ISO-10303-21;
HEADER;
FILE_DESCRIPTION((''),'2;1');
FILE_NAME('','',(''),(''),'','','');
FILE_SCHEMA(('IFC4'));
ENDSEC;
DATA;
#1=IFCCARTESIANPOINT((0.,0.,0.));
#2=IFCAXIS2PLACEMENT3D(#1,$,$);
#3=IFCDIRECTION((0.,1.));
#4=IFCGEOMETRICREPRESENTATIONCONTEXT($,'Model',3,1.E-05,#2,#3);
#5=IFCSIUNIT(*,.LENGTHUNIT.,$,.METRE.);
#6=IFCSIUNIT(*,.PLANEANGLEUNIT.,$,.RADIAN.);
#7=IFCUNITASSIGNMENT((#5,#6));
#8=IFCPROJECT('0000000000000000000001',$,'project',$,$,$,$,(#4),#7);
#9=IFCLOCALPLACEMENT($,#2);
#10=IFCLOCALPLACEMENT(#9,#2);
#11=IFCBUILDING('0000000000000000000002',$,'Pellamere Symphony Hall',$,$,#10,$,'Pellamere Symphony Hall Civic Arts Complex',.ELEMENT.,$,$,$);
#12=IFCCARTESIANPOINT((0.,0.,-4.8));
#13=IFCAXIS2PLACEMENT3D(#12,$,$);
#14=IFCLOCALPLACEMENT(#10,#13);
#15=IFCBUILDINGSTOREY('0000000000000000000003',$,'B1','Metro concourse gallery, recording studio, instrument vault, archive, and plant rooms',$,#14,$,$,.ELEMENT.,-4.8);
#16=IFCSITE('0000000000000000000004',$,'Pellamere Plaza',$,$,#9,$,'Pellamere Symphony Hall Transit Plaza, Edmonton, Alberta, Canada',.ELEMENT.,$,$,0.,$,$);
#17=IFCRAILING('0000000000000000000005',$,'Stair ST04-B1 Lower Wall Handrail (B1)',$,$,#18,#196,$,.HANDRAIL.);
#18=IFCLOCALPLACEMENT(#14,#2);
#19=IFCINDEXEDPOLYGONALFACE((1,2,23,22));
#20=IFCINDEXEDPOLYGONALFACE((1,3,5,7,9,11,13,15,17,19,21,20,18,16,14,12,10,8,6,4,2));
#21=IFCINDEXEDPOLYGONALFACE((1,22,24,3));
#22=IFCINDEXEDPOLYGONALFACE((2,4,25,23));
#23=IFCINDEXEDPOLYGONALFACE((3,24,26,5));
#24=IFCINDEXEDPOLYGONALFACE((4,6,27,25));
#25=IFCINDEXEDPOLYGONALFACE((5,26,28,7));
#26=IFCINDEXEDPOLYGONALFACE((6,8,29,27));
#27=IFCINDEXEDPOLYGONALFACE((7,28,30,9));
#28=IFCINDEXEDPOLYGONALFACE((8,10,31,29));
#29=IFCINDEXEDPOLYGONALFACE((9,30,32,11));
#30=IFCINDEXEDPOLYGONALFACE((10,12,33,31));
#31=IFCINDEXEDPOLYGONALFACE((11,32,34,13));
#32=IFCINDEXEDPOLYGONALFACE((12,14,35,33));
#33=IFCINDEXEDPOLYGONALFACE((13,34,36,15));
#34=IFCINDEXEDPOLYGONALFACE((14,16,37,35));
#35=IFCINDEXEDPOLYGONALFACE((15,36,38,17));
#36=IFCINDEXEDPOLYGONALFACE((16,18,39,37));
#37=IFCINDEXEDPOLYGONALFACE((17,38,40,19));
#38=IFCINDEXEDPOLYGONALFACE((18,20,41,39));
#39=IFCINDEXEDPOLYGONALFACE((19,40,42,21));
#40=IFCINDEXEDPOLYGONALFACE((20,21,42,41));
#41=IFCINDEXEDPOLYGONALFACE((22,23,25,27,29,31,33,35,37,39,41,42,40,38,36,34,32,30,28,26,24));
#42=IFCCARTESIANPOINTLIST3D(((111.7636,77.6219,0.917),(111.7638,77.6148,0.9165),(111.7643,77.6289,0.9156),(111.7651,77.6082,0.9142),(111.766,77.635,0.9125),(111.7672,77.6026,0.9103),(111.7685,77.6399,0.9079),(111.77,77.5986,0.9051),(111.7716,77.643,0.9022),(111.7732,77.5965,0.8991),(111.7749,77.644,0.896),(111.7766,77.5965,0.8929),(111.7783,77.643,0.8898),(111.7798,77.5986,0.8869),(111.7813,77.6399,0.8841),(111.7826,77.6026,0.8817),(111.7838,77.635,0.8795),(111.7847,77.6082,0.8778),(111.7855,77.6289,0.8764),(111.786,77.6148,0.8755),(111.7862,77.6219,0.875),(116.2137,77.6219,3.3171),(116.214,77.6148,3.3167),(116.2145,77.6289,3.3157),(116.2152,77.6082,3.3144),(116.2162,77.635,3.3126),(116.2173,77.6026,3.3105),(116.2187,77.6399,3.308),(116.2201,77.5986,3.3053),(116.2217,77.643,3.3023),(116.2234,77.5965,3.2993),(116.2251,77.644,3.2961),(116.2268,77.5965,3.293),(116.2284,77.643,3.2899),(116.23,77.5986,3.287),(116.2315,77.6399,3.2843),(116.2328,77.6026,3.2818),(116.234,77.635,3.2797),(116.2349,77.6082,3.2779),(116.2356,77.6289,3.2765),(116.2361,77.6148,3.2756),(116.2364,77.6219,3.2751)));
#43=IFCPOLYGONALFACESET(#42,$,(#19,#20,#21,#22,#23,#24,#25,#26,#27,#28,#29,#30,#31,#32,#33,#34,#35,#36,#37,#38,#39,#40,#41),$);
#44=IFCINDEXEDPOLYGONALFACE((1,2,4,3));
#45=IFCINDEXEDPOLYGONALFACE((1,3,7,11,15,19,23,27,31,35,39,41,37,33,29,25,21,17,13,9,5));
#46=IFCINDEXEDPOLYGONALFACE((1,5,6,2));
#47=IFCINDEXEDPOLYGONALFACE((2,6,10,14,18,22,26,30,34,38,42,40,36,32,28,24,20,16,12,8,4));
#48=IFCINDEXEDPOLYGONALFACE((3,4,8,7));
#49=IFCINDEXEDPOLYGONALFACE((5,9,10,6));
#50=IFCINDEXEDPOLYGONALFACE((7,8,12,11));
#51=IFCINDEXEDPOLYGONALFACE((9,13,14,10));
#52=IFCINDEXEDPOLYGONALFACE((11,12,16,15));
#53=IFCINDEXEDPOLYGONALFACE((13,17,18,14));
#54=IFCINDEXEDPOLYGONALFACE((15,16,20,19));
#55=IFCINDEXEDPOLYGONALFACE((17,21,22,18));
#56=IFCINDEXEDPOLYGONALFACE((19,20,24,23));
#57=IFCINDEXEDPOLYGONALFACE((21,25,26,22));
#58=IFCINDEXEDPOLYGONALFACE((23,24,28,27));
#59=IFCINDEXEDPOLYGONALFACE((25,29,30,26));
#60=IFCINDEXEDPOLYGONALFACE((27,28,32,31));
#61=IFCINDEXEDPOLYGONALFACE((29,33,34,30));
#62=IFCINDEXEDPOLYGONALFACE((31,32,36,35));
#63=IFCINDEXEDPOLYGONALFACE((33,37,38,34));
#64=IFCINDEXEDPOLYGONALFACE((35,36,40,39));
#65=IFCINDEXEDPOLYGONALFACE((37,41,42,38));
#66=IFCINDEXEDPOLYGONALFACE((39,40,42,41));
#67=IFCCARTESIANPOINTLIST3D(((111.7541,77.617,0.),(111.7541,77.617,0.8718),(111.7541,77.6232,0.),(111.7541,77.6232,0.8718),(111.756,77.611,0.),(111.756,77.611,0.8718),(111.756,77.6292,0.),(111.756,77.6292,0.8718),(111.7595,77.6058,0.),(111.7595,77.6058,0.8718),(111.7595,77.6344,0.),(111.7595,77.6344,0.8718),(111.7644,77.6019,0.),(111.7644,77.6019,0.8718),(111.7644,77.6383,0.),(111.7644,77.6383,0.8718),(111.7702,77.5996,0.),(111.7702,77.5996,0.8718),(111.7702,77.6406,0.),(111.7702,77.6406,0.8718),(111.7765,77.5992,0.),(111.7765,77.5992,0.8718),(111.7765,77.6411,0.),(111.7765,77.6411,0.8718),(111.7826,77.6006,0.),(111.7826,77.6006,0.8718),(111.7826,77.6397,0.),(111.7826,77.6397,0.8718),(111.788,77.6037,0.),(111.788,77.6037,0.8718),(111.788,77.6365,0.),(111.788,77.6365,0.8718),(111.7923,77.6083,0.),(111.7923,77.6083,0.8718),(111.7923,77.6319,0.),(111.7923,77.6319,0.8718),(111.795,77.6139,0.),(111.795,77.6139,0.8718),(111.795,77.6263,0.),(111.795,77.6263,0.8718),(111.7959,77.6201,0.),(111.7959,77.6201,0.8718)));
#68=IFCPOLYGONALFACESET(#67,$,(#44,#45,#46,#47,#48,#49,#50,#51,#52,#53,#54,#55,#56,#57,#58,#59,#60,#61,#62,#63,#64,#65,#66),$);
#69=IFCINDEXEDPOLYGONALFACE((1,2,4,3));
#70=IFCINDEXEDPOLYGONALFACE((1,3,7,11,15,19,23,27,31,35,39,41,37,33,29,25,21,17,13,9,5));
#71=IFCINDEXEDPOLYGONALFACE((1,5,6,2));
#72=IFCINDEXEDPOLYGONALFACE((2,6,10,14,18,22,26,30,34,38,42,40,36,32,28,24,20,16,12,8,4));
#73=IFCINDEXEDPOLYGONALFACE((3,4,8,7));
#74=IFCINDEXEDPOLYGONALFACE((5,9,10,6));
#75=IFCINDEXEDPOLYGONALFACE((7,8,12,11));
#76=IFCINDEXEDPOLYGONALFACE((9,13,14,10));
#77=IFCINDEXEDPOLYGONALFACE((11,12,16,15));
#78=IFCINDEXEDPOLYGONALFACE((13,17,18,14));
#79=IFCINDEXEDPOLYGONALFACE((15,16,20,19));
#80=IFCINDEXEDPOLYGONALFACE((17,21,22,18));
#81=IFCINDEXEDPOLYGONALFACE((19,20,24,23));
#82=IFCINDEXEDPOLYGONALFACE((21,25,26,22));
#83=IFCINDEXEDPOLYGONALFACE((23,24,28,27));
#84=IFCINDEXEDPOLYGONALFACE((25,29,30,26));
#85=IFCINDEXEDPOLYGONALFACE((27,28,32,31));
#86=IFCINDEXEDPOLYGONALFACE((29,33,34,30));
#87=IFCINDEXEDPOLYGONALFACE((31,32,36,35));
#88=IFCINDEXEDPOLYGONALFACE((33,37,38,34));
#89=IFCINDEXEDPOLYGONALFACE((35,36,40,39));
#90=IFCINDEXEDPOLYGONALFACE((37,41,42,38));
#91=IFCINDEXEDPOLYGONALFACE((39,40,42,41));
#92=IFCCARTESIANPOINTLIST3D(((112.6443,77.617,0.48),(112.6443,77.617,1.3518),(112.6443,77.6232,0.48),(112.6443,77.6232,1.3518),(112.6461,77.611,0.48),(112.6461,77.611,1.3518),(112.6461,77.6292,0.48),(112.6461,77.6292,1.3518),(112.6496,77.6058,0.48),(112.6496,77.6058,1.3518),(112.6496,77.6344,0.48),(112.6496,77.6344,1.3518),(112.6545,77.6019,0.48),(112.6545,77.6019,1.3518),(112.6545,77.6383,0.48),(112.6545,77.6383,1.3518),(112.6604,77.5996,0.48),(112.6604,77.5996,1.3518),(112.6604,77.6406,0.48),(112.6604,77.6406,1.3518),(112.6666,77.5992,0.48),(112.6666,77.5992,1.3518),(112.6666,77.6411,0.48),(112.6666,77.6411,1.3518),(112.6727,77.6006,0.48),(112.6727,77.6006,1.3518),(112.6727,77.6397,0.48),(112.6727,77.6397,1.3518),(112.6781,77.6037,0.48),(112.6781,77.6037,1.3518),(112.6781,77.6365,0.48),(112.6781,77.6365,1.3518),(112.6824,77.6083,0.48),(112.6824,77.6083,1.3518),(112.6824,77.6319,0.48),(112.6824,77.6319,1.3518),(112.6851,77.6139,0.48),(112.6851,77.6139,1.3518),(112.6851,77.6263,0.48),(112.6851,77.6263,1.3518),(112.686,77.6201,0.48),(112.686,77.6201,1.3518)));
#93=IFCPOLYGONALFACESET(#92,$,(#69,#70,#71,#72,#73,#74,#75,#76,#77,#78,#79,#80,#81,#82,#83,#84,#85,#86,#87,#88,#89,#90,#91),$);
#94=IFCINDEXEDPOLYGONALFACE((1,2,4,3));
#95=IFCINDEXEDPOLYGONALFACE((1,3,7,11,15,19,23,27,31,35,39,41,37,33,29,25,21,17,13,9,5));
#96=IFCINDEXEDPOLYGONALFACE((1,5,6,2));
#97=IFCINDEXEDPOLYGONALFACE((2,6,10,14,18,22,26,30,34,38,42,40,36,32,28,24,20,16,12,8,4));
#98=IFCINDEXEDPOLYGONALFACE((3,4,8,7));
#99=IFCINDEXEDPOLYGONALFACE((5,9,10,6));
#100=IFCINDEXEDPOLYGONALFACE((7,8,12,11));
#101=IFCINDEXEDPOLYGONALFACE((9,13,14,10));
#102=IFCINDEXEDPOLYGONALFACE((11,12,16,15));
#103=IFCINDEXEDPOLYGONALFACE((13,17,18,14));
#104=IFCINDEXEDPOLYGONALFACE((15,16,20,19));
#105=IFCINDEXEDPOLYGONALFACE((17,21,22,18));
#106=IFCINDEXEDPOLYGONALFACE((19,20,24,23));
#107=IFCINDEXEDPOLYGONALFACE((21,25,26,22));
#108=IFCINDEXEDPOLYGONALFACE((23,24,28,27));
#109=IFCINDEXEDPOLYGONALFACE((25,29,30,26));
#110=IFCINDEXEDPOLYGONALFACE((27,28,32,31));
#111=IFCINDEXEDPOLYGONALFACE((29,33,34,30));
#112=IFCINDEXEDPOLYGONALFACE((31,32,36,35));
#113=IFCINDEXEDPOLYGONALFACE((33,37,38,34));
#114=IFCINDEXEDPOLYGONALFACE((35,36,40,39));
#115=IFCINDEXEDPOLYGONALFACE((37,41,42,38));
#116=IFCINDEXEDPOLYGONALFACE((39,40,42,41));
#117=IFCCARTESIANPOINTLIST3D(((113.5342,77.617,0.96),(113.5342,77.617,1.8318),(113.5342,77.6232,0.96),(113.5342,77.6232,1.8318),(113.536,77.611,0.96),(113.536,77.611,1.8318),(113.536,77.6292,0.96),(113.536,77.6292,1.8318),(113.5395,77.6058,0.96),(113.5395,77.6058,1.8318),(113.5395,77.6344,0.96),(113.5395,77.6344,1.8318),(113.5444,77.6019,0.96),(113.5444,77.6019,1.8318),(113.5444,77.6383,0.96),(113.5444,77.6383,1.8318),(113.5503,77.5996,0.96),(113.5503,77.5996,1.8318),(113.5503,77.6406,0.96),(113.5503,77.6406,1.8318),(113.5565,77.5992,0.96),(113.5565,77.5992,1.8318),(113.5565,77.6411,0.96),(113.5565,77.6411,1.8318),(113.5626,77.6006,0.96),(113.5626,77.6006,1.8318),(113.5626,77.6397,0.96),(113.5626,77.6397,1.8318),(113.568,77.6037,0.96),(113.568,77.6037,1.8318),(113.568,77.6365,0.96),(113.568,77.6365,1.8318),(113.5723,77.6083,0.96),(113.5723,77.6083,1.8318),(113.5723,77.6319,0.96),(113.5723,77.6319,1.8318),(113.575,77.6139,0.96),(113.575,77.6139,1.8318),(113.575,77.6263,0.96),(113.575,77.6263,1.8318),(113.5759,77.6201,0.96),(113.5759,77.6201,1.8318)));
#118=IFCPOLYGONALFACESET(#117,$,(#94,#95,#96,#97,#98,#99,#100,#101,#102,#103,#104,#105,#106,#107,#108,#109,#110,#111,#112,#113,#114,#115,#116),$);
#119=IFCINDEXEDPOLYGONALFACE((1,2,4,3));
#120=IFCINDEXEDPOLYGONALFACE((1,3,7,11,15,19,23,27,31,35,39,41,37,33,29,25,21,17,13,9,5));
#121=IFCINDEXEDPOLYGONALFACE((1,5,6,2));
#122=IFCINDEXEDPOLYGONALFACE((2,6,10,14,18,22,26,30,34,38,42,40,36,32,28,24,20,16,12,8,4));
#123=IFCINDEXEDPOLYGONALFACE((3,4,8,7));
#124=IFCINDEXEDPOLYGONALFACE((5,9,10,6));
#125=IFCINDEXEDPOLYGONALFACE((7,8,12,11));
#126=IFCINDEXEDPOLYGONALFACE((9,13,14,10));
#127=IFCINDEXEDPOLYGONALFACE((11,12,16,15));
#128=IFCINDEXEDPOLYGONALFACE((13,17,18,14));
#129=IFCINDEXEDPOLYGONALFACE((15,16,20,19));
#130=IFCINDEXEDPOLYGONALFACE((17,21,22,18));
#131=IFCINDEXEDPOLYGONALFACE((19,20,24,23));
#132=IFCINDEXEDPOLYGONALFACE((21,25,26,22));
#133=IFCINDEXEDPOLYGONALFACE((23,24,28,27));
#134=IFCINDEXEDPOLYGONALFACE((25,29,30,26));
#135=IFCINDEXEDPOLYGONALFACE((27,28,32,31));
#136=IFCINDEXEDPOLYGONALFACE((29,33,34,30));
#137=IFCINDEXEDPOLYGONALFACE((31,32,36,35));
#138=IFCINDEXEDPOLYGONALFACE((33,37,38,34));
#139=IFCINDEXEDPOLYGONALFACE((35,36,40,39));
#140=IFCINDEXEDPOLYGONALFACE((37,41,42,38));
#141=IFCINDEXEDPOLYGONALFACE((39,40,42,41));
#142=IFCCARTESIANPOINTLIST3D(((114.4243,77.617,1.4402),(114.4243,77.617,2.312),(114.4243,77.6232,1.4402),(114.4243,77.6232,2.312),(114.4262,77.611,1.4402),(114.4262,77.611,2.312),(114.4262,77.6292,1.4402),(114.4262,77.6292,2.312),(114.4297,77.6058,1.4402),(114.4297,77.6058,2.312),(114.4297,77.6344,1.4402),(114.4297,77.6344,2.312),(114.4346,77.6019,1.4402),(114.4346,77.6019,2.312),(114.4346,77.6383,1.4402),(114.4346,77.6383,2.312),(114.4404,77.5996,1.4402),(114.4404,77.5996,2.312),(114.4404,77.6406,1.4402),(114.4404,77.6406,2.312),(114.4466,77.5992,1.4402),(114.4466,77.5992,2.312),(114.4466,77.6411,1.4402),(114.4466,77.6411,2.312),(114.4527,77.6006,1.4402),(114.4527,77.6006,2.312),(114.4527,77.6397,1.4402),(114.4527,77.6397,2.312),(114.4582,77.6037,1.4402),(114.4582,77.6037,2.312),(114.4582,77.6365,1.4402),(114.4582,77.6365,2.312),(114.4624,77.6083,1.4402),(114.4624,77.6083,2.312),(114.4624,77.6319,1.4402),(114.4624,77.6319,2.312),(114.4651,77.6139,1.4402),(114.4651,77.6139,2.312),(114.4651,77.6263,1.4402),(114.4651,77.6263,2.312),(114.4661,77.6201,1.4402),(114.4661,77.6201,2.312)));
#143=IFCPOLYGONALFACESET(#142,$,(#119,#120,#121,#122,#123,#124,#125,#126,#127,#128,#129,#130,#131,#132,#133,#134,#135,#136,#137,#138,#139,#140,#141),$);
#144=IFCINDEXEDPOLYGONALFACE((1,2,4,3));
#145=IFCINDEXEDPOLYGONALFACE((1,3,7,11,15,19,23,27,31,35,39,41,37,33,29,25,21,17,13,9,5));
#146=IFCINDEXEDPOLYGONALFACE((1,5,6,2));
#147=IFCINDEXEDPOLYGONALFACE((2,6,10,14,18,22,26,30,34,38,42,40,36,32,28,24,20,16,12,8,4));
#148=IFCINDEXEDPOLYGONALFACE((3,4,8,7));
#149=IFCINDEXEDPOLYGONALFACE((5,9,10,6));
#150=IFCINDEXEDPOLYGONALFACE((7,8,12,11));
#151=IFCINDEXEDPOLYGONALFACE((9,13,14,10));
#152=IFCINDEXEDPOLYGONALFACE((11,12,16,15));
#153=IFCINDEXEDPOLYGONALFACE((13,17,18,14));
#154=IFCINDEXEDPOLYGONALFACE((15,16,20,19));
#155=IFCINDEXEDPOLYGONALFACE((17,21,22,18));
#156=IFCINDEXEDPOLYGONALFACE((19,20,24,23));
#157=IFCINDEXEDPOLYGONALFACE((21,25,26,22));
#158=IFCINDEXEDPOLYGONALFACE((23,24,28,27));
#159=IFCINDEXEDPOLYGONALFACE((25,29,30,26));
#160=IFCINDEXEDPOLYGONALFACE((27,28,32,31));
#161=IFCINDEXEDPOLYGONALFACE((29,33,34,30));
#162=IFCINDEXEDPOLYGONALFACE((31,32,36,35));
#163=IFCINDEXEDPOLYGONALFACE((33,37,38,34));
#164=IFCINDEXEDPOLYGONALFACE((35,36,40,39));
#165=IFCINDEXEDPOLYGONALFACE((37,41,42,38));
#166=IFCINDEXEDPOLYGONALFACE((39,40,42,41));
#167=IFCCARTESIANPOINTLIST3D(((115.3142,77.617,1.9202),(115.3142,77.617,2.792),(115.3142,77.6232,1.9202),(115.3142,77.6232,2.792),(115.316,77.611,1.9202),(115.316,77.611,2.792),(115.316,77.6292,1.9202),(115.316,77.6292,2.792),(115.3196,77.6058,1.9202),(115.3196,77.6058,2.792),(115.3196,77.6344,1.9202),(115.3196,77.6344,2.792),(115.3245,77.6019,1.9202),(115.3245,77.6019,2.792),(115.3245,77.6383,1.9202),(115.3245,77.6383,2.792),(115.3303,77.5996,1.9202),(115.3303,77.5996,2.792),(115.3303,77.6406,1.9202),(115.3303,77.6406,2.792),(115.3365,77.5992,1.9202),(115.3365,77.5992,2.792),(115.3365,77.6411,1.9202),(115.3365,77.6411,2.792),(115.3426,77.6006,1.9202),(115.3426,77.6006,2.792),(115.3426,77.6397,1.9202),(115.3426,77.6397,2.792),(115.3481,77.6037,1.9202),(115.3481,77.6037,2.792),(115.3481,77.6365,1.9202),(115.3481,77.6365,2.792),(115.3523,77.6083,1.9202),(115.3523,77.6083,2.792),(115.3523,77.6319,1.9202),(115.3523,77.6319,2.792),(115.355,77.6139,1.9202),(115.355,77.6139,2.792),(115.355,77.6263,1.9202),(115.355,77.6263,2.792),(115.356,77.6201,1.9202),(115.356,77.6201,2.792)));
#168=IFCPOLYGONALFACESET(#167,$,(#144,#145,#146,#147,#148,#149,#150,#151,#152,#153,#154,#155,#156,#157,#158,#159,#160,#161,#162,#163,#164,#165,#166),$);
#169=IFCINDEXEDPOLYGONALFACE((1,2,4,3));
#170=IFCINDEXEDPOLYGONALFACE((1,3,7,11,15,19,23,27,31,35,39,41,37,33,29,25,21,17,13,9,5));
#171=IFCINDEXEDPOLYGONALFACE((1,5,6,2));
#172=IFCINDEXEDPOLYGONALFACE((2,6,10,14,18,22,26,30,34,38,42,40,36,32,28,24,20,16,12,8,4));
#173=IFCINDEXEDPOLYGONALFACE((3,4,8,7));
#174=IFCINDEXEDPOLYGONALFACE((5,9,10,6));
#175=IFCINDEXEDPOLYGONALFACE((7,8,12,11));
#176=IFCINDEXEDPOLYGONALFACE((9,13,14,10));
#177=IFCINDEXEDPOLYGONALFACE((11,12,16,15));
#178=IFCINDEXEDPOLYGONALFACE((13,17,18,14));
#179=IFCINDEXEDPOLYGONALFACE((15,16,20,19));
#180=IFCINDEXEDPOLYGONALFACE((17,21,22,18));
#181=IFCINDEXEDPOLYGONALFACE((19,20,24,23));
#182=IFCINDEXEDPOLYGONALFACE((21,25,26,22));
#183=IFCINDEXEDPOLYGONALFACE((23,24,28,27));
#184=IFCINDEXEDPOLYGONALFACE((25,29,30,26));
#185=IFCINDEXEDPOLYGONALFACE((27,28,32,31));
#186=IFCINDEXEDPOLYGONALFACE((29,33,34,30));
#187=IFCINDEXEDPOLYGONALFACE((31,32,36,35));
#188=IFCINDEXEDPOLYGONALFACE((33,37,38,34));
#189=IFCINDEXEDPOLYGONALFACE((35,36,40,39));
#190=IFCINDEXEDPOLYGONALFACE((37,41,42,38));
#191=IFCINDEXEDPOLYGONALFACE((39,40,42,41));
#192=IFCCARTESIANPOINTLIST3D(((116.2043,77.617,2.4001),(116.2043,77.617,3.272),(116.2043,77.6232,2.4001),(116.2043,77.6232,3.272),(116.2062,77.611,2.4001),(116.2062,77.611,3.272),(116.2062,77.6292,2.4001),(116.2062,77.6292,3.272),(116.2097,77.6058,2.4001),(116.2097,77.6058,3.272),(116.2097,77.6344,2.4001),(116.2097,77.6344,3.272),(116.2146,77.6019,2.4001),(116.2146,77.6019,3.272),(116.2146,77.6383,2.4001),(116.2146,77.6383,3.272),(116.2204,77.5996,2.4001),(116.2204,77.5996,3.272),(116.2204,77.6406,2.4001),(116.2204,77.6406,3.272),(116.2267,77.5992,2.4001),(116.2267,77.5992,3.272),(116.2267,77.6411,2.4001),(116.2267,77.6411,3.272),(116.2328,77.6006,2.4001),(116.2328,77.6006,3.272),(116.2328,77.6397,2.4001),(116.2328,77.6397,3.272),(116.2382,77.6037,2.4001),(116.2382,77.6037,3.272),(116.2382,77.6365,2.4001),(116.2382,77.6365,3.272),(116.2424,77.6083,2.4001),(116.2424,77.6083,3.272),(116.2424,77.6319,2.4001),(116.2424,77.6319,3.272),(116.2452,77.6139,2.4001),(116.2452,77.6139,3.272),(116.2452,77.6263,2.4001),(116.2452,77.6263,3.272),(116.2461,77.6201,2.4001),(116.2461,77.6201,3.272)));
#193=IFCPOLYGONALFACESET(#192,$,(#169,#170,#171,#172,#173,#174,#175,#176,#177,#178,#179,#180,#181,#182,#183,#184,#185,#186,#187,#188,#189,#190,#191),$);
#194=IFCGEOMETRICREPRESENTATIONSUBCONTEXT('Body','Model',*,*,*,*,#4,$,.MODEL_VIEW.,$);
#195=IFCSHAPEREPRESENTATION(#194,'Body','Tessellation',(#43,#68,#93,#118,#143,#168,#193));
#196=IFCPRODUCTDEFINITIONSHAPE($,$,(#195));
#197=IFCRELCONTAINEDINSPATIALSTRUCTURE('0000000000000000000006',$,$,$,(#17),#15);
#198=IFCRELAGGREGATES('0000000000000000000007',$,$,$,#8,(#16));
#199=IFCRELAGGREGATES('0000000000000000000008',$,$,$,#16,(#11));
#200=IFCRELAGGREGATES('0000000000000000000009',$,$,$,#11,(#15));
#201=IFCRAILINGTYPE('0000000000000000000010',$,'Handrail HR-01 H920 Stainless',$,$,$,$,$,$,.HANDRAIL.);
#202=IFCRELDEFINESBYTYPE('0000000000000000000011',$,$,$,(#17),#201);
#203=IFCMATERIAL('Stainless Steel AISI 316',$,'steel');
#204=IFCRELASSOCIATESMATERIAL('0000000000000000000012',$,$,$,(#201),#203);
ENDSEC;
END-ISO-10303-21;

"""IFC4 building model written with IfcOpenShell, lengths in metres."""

from ifc_helpers import new_model, si_unit, direction, frame, origin, origin_2d, place, context, subcontext, project, spatial, circle, extrude, material, type_object, element, save


model = new_model("IFC4")

# Units and contexts
model_context = context("Model", 3, precision=1e-05, world=origin(), true_north=direction((0.0, 1.0)))
body_context = subcontext(model_context, "Body", "Model", "MODEL_VIEW")
ifc_project = project(units=[si_unit("LENGTHUNIT", "METRE"), si_unit("PLANEANGLEUNIT", "RADIAN")], contexts=[model_context])

# Site, building, storey
site_placement = place(None, origin())
site = spatial("IfcSite", under=ifc_project, at=site_placement, Name="Pellamere Plaza", LongName="Pellamere Symphony Hall Transit Plaza, Edmonton, Alberta, Canada", CompositionType="ELEMENT", RefElevation=0.0)
building_placement = place(site_placement, origin())
building = spatial("IfcBuilding", under=site, at=building_placement, Name="Pellamere Symphony Hall", LongName="Pellamere Symphony Hall Civic Arts Complex", CompositionType="ELEMENT")
storey_placement = place(building_placement, frame((0.0, 0.0, -4.8)))
storey = spatial("IfcBuildingStorey", under=building, at=storey_placement, Name="B1", Description="Metro concourse gallery, recording studio, instrument vault, archive, and plant rooms", CompositionType="ELEMENT", Elevation=-4.8)

# Railing
ifc_material_1 = material(Name="Stainless Steel AISI 316", Category="steel")
railing_type_1 = type_object("IfcRailingType", Name="Handrail HR-01 H920 Stainless", PredefinedType="HANDRAIL", material=ifc_material_1)
railing_1_placement = place(storey_placement, frame((111.7749, 77.6201, 0.0)))
element("IfcRailing", 1, at=railing_1_placement, inside=storey, type_object=railing_type_1, Name="Stair ST04-B1 Lower Wall Handrail (B1)", PredefinedType="HANDRAIL", context=body_context, shape_type="SweptSolid", body=[
    extrude(circle(Radius=0.0239, at=origin_2d()), frame((0.0, 0.0, 0.896), z_axis=(0.88015, 0.0, 0.474696), x_axis=(0.0, 1.0, 0.0)), (0.0, 0.0, 1.0), 5.0562),
    extrude(circle(Radius=0.021, at=origin_2d()), origin(), (0.0, 0.0, 1.0), 0.8718),
    extrude(circle(Radius=0.021, at=origin_2d()), frame((0.8901, 0.0, 0.48)), (0.0, 0.0, 1.0), 0.8718),
    extrude(circle(Radius=0.021, at=origin_2d()), frame((1.78, 0.0, 0.96)), (0.0, 0.0, 1.0), 0.8718),
    extrude(circle(Radius=0.021, at=origin_2d()), frame((2.6702, 0.0, 1.4402)), (0.0, 0.0, 1.0), 0.8718),
    extrude(circle(Radius=0.021, at=origin_2d()), frame((3.5601, 0.0, 1.9202)), (0.0, 0.0, 1.0), 0.8718),
    extrude(circle(Radius=0.021, at=origin_2d()), frame((4.4502, 0.0, 2.4001)), (0.0, 0.0, 1.0), 0.8718),
])

save(model, "model.ifc")
